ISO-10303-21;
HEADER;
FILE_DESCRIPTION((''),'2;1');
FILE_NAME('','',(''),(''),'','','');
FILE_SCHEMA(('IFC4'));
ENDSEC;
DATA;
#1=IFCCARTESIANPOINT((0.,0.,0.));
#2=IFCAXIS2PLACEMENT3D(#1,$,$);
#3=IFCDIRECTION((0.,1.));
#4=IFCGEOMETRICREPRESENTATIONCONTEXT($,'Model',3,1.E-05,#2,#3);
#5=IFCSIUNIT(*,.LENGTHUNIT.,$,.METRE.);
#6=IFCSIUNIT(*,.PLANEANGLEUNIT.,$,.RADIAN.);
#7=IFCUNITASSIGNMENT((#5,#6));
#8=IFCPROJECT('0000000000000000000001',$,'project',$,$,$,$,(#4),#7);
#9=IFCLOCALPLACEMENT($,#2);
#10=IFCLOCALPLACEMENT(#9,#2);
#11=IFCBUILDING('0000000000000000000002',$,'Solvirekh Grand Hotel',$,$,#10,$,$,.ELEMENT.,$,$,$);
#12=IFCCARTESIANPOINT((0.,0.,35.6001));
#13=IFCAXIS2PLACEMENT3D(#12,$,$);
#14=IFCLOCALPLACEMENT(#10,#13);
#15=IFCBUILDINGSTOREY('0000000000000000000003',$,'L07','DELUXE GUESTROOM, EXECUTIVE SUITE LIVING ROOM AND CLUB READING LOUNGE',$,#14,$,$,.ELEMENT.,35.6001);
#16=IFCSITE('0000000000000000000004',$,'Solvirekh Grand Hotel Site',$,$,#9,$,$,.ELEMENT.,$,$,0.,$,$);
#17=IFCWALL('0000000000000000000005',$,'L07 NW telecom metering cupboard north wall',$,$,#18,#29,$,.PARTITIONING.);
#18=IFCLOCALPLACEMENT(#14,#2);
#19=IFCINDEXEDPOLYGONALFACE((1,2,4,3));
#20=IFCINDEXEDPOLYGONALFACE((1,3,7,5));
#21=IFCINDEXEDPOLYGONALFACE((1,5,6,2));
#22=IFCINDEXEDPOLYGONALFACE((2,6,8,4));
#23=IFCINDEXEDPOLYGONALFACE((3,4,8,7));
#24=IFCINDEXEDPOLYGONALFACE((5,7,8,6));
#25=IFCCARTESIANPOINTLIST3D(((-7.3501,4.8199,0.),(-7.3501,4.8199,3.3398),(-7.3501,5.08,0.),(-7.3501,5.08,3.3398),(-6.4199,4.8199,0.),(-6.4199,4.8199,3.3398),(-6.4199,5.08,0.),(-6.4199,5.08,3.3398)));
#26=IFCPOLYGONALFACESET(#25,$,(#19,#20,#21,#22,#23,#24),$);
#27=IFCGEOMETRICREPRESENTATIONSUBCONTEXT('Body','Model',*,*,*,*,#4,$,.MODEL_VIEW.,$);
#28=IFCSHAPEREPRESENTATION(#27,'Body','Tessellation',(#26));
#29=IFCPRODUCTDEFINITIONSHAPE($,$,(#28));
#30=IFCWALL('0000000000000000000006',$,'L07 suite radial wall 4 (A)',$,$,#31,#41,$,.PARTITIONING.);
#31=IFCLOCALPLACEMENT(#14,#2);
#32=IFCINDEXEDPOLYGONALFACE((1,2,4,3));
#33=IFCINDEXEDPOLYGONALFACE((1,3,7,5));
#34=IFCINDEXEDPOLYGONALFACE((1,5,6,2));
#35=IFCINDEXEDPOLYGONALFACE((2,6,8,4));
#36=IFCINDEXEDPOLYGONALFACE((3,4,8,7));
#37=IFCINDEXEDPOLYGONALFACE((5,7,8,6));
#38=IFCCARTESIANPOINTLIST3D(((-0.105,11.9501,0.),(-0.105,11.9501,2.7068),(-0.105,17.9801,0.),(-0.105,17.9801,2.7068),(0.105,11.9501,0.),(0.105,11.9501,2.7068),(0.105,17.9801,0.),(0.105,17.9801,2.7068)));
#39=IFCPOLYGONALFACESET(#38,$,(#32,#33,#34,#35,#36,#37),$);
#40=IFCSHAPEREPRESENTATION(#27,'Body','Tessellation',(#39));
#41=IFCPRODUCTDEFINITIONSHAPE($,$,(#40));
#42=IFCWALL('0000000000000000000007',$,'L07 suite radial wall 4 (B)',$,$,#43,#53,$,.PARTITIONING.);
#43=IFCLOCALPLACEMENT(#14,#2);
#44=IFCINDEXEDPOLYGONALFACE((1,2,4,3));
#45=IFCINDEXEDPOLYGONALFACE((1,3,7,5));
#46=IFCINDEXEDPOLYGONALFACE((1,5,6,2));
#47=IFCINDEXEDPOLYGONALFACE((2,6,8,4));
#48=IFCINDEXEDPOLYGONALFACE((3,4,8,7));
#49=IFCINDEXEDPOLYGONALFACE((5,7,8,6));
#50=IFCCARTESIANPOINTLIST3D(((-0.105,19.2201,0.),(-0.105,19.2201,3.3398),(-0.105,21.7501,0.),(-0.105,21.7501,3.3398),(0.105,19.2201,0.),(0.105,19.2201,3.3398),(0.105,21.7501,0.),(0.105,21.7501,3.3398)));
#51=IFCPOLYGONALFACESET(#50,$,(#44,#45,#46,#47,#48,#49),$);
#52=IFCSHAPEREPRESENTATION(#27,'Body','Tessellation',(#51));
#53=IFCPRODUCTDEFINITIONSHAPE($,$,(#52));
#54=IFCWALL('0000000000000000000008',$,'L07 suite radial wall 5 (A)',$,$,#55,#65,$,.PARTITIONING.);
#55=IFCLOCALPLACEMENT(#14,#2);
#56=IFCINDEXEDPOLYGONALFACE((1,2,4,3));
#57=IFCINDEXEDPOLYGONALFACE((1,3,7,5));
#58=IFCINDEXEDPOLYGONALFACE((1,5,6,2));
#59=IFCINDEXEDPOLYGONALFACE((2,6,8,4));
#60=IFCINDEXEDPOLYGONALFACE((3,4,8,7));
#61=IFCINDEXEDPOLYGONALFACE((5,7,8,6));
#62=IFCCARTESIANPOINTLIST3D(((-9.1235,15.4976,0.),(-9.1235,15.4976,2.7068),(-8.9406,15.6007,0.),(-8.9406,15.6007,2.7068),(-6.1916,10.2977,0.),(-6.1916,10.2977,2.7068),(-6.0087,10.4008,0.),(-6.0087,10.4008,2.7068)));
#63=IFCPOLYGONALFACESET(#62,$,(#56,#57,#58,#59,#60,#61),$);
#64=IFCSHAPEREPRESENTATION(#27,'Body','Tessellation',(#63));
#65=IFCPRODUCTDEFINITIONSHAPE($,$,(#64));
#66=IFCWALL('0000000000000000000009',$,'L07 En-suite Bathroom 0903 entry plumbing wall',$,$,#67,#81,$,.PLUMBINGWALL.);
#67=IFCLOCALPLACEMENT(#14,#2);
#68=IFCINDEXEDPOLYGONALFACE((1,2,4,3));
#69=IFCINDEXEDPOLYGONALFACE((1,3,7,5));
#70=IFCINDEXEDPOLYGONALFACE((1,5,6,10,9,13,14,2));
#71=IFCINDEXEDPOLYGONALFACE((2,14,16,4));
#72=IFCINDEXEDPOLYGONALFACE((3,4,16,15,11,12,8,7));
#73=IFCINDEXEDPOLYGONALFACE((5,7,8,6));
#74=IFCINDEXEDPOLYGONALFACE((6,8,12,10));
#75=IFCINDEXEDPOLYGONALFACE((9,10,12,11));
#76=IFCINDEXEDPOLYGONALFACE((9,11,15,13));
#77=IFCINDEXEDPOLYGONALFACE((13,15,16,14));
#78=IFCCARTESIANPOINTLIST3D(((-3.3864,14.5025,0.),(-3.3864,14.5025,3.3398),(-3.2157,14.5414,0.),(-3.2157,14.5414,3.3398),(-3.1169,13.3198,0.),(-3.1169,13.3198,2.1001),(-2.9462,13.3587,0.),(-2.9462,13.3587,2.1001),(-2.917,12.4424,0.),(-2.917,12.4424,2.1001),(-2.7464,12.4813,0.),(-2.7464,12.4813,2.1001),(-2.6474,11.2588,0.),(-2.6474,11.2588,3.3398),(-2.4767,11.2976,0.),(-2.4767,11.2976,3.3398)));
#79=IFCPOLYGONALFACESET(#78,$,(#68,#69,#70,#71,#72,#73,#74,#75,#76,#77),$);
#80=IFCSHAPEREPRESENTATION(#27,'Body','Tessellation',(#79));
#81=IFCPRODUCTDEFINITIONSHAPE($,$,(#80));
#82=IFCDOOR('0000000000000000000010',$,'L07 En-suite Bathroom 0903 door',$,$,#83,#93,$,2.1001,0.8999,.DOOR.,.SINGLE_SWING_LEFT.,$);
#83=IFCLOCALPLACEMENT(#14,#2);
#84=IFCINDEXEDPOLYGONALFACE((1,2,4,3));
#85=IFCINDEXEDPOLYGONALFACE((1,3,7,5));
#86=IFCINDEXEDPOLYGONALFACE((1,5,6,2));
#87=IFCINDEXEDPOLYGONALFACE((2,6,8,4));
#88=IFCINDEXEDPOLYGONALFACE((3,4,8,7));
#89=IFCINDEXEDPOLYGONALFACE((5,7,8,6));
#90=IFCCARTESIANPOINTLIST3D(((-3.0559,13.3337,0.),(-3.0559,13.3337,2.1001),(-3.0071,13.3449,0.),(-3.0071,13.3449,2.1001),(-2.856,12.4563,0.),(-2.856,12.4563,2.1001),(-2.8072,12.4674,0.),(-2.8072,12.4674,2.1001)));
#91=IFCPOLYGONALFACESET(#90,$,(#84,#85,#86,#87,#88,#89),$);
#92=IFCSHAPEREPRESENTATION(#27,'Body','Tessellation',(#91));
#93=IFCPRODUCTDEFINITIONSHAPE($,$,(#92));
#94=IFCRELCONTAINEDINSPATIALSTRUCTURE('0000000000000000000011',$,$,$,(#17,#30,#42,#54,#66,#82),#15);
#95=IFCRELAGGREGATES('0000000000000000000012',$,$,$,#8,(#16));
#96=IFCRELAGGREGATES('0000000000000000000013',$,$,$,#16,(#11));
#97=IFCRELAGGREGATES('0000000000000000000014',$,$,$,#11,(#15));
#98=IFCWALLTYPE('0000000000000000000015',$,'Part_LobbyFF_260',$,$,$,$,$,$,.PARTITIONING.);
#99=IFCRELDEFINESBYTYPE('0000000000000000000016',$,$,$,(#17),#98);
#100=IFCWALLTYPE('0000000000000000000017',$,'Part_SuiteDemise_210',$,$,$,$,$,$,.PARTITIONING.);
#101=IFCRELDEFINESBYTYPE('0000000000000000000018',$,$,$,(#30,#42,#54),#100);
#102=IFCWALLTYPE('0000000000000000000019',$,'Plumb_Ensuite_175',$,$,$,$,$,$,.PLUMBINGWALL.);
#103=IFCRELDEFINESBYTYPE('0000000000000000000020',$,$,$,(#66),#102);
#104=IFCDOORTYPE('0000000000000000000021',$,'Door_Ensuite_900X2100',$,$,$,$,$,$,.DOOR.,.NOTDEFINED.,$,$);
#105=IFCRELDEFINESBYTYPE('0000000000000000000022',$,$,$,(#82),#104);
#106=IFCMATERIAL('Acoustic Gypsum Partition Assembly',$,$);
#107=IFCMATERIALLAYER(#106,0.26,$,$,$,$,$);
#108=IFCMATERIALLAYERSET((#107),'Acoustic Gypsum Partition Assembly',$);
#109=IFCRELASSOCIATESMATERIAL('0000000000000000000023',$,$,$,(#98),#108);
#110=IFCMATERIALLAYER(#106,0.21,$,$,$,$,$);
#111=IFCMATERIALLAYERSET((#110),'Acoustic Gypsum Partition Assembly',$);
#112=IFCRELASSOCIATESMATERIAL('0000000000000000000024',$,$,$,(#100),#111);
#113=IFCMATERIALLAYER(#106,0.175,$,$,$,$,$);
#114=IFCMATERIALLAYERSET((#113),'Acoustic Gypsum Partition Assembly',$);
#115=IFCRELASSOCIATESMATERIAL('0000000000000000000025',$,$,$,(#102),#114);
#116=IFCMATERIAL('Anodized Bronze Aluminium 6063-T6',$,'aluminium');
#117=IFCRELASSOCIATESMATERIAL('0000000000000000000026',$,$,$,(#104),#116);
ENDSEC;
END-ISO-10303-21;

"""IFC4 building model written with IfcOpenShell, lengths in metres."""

from ifc_helpers import new_model, si_unit, direction, frame, frame_2d, origin, place, context, subcontext, project, spatial, rectangle, extrude, material, layer, layer_set, type_object, element, fill, save


model = new_model("IFC4")

# Units and contexts
model_context = context("Model", 3, precision=1e-05, world=origin(), true_north=direction((0.0, 1.0)))
body_context = subcontext(model_context, "Body", "Model", "MODEL_VIEW")
ifc_project = project(units=[si_unit("LENGTHUNIT", "METRE"), si_unit("PLANEANGLEUNIT", "RADIAN")], contexts=[model_context])

# Site, building, storey
site_placement = place(None, origin())
site = spatial("IfcSite", under=ifc_project, at=site_placement, Name="Solvirekh Grand Hotel Site", CompositionType="ELEMENT", RefElevation=0.0)
building_placement = place(site_placement, origin())
building = spatial("IfcBuilding", under=site, at=building_placement, Name="Solvirekh Grand Hotel", CompositionType="ELEMENT")
storey_placement = place(building_placement, frame((0.0, 0.0, 35.6001)))
storey = spatial("IfcBuildingStorey", under=building, at=storey_placement, Name="L07", Description="DELUXE GUESTROOM, EXECUTIVE SUITE LIVING ROOM AND CLUB READING LOUNGE", CompositionType="ELEMENT", Elevation=35.6001)

# Shared definitions
ifc_material_1 = material(Name="Acoustic Gypsum Partition Assembly")

# Walls
ifc_layer_1 = layer(ifc_material_1, 0.26)
ifc_layer_set_1 = layer_set([ifc_layer_1], Name="Acoustic Gypsum Partition Assembly")
wall_type_1 = type_object("IfcWallType", Name="Part_LobbyFF_260", PredefinedType="PARTITIONING", material=ifc_layer_set_1)
wall_1_placement = place(storey_placement, frame((-7.3501, 4.95, 0.0), z_axis=(0.0, 0.0, 1.0), x_axis=(1.0, 0.0, 0.0)))
element("IfcWall", 1, at=wall_1_placement, inside=storey, type_object=wall_type_1, Name="L07 NW telecom metering cupboard north wall", PredefinedType="PARTITIONING", context=body_context, shape_type="SweptSolid", body=[
    extrude(rectangle(XDim=0.9302, YDim=0.26, at=frame_2d((0.4651, 0.0))), origin(), (0.0, 0.0, 1.0), 3.3398),
])
ifc_layer_2 = layer(ifc_material_1, 0.21)
ifc_layer_set_2 = layer_set([ifc_layer_2], Name="Acoustic Gypsum Partition Assembly")
wall_type_2 = type_object("IfcWallType", Name="Part_SuiteDemise_210", PredefinedType="PARTITIONING", material=ifc_layer_set_2)
wall_2_placement = place(storey_placement, frame((0.0, 11.95, 0.0), z_axis=(0.0, 0.0, 1.0), x_axis=(0.0, 1.0, 0.0)))
element("IfcWall", 2, at=wall_2_placement, inside=storey, type_object=wall_type_2, Name="L07 suite radial wall 4 (A)", PredefinedType="PARTITIONING", context=body_context, shape_type="SweptSolid", body=[
    extrude(rectangle(XDim=6.03, YDim=0.21, at=frame_2d((3.0151, 0.0))), origin(), (0.0, 0.0, 1.0), 2.7068),
])
wall_3_placement = place(storey_placement, frame((0.0, 19.22, 0.0), z_axis=(0.0, 0.0, 1.0), x_axis=(0.0, 1.0, 0.0)))
element("IfcWall", 3, at=wall_3_placement, inside=storey, type_object=wall_type_2, Name="L07 suite radial wall 4 (B)", PredefinedType="PARTITIONING", context=body_context, shape_type="SweptSolid", body=[
    extrude(rectangle(XDim=2.53, YDim=0.21, at=frame_2d((1.2651, 0.0))), origin(), (0.0, 0.0, 1.0), 3.3398),
])
wall_4_placement = place(storey_placement, frame((-6.1001, 10.3491, 0.0), z_axis=(0.0, 0.0, 1.0), x_axis=(-0.491141, 0.87108, 0.0)))
element("IfcWall", 4, at=wall_4_placement, inside=storey, type_object=wall_type_2, Name="L07 suite radial wall 5 (A)", PredefinedType="PARTITIONING", context=body_context, shape_type="SweptSolid", body=[
    extrude(rectangle(XDim=5.9695, YDim=0.21, at=frame_2d((2.9849, 0.0))), origin(), (0.0, 0.0, 1.0), 2.7068),
])

# Wall, opening, door
ifc_layer_3 = layer(ifc_material_1, 0.175)
ifc_layer_set_3 = layer_set([ifc_layer_3], Name="Acoustic Gypsum Partition Assembly")
wall_type_3 = type_object("IfcWallType", Name="Plumb_Ensuite_175", PredefinedType="PLUMBINGWALL", material=ifc_layer_set_3)
wall_5_placement = place(storey_placement, frame((-2.562, 11.2781, 0.0), z_axis=(0.0, 0.0, 1.0), x_axis=(-0.222125, 0.975018, 0.0)))
wall_5 = element("IfcWall", 5, at=wall_5_placement, inside=storey, type_object=wall_type_3, Name="L07 En-suite Bathroom 0903 entry plumbing wall", PredefinedType="PLUMBINGWALL", context=body_context, shape_type="SweptSolid", body=[
    extrude(rectangle(XDim=3.3269, YDim=0.175, at=frame_2d((1.6636, 0.0))), origin(), (0.0, 0.0, 1.0), 3.3398),
])
opening_1_placement = place(wall_5_placement, frame((1.2141, 0.0, 0.0)))
opening_1 = element("IfcOpeningElement", 6, at=opening_1_placement, cuts=wall_5, PredefinedType="OPENING", context=body_context, shape_type="SweptSolid", body=[
    extrude(rectangle(XDim=0.8999, YDim=2.1001, at=frame_2d((0.45, 1.05))), frame((0.0, 0.0977, 0.0), z_axis=(0.0, -1.0, 0.0), x_axis=(1.0, 0.0, 0.0)), (0.0, 0.0, 1.0), 0.1951),
])
ifc_material_2 = material(Name="Anodized Bronze Aluminium 6063-T6", Category="aluminium")
door_type_1 = type_object("IfcDoorType", Name="Door_Ensuite_900X2100", OperationType="NOTDEFINED", PredefinedType="DOOR", material=ifc_material_2)
door_1_placement = place(opening_1_placement, origin())
door_1 = element("IfcDoor", 7, at=door_1_placement, inside=storey, type_object=door_type_1, Name="L07 En-suite Bathroom 0903 door", OperationType="SINGLE_SWING_LEFT", OverallHeight=2.1001, OverallWidth=0.8999, PredefinedType="DOOR", context=body_context, shape_type="SweptSolid", body=[
    extrude(rectangle(XDim=0.8999, YDim=2.1001, at=frame_2d((0.45, 1.05))), frame((0.0, 0.0249, 0.0), z_axis=(0.0, -1.0, 0.0), x_axis=(1.0, 0.0, 0.0)), (0.0, 0.0, 1.0), 0.05),
])
fill(opening_1, door_1)

save(model, "model.ifc")
